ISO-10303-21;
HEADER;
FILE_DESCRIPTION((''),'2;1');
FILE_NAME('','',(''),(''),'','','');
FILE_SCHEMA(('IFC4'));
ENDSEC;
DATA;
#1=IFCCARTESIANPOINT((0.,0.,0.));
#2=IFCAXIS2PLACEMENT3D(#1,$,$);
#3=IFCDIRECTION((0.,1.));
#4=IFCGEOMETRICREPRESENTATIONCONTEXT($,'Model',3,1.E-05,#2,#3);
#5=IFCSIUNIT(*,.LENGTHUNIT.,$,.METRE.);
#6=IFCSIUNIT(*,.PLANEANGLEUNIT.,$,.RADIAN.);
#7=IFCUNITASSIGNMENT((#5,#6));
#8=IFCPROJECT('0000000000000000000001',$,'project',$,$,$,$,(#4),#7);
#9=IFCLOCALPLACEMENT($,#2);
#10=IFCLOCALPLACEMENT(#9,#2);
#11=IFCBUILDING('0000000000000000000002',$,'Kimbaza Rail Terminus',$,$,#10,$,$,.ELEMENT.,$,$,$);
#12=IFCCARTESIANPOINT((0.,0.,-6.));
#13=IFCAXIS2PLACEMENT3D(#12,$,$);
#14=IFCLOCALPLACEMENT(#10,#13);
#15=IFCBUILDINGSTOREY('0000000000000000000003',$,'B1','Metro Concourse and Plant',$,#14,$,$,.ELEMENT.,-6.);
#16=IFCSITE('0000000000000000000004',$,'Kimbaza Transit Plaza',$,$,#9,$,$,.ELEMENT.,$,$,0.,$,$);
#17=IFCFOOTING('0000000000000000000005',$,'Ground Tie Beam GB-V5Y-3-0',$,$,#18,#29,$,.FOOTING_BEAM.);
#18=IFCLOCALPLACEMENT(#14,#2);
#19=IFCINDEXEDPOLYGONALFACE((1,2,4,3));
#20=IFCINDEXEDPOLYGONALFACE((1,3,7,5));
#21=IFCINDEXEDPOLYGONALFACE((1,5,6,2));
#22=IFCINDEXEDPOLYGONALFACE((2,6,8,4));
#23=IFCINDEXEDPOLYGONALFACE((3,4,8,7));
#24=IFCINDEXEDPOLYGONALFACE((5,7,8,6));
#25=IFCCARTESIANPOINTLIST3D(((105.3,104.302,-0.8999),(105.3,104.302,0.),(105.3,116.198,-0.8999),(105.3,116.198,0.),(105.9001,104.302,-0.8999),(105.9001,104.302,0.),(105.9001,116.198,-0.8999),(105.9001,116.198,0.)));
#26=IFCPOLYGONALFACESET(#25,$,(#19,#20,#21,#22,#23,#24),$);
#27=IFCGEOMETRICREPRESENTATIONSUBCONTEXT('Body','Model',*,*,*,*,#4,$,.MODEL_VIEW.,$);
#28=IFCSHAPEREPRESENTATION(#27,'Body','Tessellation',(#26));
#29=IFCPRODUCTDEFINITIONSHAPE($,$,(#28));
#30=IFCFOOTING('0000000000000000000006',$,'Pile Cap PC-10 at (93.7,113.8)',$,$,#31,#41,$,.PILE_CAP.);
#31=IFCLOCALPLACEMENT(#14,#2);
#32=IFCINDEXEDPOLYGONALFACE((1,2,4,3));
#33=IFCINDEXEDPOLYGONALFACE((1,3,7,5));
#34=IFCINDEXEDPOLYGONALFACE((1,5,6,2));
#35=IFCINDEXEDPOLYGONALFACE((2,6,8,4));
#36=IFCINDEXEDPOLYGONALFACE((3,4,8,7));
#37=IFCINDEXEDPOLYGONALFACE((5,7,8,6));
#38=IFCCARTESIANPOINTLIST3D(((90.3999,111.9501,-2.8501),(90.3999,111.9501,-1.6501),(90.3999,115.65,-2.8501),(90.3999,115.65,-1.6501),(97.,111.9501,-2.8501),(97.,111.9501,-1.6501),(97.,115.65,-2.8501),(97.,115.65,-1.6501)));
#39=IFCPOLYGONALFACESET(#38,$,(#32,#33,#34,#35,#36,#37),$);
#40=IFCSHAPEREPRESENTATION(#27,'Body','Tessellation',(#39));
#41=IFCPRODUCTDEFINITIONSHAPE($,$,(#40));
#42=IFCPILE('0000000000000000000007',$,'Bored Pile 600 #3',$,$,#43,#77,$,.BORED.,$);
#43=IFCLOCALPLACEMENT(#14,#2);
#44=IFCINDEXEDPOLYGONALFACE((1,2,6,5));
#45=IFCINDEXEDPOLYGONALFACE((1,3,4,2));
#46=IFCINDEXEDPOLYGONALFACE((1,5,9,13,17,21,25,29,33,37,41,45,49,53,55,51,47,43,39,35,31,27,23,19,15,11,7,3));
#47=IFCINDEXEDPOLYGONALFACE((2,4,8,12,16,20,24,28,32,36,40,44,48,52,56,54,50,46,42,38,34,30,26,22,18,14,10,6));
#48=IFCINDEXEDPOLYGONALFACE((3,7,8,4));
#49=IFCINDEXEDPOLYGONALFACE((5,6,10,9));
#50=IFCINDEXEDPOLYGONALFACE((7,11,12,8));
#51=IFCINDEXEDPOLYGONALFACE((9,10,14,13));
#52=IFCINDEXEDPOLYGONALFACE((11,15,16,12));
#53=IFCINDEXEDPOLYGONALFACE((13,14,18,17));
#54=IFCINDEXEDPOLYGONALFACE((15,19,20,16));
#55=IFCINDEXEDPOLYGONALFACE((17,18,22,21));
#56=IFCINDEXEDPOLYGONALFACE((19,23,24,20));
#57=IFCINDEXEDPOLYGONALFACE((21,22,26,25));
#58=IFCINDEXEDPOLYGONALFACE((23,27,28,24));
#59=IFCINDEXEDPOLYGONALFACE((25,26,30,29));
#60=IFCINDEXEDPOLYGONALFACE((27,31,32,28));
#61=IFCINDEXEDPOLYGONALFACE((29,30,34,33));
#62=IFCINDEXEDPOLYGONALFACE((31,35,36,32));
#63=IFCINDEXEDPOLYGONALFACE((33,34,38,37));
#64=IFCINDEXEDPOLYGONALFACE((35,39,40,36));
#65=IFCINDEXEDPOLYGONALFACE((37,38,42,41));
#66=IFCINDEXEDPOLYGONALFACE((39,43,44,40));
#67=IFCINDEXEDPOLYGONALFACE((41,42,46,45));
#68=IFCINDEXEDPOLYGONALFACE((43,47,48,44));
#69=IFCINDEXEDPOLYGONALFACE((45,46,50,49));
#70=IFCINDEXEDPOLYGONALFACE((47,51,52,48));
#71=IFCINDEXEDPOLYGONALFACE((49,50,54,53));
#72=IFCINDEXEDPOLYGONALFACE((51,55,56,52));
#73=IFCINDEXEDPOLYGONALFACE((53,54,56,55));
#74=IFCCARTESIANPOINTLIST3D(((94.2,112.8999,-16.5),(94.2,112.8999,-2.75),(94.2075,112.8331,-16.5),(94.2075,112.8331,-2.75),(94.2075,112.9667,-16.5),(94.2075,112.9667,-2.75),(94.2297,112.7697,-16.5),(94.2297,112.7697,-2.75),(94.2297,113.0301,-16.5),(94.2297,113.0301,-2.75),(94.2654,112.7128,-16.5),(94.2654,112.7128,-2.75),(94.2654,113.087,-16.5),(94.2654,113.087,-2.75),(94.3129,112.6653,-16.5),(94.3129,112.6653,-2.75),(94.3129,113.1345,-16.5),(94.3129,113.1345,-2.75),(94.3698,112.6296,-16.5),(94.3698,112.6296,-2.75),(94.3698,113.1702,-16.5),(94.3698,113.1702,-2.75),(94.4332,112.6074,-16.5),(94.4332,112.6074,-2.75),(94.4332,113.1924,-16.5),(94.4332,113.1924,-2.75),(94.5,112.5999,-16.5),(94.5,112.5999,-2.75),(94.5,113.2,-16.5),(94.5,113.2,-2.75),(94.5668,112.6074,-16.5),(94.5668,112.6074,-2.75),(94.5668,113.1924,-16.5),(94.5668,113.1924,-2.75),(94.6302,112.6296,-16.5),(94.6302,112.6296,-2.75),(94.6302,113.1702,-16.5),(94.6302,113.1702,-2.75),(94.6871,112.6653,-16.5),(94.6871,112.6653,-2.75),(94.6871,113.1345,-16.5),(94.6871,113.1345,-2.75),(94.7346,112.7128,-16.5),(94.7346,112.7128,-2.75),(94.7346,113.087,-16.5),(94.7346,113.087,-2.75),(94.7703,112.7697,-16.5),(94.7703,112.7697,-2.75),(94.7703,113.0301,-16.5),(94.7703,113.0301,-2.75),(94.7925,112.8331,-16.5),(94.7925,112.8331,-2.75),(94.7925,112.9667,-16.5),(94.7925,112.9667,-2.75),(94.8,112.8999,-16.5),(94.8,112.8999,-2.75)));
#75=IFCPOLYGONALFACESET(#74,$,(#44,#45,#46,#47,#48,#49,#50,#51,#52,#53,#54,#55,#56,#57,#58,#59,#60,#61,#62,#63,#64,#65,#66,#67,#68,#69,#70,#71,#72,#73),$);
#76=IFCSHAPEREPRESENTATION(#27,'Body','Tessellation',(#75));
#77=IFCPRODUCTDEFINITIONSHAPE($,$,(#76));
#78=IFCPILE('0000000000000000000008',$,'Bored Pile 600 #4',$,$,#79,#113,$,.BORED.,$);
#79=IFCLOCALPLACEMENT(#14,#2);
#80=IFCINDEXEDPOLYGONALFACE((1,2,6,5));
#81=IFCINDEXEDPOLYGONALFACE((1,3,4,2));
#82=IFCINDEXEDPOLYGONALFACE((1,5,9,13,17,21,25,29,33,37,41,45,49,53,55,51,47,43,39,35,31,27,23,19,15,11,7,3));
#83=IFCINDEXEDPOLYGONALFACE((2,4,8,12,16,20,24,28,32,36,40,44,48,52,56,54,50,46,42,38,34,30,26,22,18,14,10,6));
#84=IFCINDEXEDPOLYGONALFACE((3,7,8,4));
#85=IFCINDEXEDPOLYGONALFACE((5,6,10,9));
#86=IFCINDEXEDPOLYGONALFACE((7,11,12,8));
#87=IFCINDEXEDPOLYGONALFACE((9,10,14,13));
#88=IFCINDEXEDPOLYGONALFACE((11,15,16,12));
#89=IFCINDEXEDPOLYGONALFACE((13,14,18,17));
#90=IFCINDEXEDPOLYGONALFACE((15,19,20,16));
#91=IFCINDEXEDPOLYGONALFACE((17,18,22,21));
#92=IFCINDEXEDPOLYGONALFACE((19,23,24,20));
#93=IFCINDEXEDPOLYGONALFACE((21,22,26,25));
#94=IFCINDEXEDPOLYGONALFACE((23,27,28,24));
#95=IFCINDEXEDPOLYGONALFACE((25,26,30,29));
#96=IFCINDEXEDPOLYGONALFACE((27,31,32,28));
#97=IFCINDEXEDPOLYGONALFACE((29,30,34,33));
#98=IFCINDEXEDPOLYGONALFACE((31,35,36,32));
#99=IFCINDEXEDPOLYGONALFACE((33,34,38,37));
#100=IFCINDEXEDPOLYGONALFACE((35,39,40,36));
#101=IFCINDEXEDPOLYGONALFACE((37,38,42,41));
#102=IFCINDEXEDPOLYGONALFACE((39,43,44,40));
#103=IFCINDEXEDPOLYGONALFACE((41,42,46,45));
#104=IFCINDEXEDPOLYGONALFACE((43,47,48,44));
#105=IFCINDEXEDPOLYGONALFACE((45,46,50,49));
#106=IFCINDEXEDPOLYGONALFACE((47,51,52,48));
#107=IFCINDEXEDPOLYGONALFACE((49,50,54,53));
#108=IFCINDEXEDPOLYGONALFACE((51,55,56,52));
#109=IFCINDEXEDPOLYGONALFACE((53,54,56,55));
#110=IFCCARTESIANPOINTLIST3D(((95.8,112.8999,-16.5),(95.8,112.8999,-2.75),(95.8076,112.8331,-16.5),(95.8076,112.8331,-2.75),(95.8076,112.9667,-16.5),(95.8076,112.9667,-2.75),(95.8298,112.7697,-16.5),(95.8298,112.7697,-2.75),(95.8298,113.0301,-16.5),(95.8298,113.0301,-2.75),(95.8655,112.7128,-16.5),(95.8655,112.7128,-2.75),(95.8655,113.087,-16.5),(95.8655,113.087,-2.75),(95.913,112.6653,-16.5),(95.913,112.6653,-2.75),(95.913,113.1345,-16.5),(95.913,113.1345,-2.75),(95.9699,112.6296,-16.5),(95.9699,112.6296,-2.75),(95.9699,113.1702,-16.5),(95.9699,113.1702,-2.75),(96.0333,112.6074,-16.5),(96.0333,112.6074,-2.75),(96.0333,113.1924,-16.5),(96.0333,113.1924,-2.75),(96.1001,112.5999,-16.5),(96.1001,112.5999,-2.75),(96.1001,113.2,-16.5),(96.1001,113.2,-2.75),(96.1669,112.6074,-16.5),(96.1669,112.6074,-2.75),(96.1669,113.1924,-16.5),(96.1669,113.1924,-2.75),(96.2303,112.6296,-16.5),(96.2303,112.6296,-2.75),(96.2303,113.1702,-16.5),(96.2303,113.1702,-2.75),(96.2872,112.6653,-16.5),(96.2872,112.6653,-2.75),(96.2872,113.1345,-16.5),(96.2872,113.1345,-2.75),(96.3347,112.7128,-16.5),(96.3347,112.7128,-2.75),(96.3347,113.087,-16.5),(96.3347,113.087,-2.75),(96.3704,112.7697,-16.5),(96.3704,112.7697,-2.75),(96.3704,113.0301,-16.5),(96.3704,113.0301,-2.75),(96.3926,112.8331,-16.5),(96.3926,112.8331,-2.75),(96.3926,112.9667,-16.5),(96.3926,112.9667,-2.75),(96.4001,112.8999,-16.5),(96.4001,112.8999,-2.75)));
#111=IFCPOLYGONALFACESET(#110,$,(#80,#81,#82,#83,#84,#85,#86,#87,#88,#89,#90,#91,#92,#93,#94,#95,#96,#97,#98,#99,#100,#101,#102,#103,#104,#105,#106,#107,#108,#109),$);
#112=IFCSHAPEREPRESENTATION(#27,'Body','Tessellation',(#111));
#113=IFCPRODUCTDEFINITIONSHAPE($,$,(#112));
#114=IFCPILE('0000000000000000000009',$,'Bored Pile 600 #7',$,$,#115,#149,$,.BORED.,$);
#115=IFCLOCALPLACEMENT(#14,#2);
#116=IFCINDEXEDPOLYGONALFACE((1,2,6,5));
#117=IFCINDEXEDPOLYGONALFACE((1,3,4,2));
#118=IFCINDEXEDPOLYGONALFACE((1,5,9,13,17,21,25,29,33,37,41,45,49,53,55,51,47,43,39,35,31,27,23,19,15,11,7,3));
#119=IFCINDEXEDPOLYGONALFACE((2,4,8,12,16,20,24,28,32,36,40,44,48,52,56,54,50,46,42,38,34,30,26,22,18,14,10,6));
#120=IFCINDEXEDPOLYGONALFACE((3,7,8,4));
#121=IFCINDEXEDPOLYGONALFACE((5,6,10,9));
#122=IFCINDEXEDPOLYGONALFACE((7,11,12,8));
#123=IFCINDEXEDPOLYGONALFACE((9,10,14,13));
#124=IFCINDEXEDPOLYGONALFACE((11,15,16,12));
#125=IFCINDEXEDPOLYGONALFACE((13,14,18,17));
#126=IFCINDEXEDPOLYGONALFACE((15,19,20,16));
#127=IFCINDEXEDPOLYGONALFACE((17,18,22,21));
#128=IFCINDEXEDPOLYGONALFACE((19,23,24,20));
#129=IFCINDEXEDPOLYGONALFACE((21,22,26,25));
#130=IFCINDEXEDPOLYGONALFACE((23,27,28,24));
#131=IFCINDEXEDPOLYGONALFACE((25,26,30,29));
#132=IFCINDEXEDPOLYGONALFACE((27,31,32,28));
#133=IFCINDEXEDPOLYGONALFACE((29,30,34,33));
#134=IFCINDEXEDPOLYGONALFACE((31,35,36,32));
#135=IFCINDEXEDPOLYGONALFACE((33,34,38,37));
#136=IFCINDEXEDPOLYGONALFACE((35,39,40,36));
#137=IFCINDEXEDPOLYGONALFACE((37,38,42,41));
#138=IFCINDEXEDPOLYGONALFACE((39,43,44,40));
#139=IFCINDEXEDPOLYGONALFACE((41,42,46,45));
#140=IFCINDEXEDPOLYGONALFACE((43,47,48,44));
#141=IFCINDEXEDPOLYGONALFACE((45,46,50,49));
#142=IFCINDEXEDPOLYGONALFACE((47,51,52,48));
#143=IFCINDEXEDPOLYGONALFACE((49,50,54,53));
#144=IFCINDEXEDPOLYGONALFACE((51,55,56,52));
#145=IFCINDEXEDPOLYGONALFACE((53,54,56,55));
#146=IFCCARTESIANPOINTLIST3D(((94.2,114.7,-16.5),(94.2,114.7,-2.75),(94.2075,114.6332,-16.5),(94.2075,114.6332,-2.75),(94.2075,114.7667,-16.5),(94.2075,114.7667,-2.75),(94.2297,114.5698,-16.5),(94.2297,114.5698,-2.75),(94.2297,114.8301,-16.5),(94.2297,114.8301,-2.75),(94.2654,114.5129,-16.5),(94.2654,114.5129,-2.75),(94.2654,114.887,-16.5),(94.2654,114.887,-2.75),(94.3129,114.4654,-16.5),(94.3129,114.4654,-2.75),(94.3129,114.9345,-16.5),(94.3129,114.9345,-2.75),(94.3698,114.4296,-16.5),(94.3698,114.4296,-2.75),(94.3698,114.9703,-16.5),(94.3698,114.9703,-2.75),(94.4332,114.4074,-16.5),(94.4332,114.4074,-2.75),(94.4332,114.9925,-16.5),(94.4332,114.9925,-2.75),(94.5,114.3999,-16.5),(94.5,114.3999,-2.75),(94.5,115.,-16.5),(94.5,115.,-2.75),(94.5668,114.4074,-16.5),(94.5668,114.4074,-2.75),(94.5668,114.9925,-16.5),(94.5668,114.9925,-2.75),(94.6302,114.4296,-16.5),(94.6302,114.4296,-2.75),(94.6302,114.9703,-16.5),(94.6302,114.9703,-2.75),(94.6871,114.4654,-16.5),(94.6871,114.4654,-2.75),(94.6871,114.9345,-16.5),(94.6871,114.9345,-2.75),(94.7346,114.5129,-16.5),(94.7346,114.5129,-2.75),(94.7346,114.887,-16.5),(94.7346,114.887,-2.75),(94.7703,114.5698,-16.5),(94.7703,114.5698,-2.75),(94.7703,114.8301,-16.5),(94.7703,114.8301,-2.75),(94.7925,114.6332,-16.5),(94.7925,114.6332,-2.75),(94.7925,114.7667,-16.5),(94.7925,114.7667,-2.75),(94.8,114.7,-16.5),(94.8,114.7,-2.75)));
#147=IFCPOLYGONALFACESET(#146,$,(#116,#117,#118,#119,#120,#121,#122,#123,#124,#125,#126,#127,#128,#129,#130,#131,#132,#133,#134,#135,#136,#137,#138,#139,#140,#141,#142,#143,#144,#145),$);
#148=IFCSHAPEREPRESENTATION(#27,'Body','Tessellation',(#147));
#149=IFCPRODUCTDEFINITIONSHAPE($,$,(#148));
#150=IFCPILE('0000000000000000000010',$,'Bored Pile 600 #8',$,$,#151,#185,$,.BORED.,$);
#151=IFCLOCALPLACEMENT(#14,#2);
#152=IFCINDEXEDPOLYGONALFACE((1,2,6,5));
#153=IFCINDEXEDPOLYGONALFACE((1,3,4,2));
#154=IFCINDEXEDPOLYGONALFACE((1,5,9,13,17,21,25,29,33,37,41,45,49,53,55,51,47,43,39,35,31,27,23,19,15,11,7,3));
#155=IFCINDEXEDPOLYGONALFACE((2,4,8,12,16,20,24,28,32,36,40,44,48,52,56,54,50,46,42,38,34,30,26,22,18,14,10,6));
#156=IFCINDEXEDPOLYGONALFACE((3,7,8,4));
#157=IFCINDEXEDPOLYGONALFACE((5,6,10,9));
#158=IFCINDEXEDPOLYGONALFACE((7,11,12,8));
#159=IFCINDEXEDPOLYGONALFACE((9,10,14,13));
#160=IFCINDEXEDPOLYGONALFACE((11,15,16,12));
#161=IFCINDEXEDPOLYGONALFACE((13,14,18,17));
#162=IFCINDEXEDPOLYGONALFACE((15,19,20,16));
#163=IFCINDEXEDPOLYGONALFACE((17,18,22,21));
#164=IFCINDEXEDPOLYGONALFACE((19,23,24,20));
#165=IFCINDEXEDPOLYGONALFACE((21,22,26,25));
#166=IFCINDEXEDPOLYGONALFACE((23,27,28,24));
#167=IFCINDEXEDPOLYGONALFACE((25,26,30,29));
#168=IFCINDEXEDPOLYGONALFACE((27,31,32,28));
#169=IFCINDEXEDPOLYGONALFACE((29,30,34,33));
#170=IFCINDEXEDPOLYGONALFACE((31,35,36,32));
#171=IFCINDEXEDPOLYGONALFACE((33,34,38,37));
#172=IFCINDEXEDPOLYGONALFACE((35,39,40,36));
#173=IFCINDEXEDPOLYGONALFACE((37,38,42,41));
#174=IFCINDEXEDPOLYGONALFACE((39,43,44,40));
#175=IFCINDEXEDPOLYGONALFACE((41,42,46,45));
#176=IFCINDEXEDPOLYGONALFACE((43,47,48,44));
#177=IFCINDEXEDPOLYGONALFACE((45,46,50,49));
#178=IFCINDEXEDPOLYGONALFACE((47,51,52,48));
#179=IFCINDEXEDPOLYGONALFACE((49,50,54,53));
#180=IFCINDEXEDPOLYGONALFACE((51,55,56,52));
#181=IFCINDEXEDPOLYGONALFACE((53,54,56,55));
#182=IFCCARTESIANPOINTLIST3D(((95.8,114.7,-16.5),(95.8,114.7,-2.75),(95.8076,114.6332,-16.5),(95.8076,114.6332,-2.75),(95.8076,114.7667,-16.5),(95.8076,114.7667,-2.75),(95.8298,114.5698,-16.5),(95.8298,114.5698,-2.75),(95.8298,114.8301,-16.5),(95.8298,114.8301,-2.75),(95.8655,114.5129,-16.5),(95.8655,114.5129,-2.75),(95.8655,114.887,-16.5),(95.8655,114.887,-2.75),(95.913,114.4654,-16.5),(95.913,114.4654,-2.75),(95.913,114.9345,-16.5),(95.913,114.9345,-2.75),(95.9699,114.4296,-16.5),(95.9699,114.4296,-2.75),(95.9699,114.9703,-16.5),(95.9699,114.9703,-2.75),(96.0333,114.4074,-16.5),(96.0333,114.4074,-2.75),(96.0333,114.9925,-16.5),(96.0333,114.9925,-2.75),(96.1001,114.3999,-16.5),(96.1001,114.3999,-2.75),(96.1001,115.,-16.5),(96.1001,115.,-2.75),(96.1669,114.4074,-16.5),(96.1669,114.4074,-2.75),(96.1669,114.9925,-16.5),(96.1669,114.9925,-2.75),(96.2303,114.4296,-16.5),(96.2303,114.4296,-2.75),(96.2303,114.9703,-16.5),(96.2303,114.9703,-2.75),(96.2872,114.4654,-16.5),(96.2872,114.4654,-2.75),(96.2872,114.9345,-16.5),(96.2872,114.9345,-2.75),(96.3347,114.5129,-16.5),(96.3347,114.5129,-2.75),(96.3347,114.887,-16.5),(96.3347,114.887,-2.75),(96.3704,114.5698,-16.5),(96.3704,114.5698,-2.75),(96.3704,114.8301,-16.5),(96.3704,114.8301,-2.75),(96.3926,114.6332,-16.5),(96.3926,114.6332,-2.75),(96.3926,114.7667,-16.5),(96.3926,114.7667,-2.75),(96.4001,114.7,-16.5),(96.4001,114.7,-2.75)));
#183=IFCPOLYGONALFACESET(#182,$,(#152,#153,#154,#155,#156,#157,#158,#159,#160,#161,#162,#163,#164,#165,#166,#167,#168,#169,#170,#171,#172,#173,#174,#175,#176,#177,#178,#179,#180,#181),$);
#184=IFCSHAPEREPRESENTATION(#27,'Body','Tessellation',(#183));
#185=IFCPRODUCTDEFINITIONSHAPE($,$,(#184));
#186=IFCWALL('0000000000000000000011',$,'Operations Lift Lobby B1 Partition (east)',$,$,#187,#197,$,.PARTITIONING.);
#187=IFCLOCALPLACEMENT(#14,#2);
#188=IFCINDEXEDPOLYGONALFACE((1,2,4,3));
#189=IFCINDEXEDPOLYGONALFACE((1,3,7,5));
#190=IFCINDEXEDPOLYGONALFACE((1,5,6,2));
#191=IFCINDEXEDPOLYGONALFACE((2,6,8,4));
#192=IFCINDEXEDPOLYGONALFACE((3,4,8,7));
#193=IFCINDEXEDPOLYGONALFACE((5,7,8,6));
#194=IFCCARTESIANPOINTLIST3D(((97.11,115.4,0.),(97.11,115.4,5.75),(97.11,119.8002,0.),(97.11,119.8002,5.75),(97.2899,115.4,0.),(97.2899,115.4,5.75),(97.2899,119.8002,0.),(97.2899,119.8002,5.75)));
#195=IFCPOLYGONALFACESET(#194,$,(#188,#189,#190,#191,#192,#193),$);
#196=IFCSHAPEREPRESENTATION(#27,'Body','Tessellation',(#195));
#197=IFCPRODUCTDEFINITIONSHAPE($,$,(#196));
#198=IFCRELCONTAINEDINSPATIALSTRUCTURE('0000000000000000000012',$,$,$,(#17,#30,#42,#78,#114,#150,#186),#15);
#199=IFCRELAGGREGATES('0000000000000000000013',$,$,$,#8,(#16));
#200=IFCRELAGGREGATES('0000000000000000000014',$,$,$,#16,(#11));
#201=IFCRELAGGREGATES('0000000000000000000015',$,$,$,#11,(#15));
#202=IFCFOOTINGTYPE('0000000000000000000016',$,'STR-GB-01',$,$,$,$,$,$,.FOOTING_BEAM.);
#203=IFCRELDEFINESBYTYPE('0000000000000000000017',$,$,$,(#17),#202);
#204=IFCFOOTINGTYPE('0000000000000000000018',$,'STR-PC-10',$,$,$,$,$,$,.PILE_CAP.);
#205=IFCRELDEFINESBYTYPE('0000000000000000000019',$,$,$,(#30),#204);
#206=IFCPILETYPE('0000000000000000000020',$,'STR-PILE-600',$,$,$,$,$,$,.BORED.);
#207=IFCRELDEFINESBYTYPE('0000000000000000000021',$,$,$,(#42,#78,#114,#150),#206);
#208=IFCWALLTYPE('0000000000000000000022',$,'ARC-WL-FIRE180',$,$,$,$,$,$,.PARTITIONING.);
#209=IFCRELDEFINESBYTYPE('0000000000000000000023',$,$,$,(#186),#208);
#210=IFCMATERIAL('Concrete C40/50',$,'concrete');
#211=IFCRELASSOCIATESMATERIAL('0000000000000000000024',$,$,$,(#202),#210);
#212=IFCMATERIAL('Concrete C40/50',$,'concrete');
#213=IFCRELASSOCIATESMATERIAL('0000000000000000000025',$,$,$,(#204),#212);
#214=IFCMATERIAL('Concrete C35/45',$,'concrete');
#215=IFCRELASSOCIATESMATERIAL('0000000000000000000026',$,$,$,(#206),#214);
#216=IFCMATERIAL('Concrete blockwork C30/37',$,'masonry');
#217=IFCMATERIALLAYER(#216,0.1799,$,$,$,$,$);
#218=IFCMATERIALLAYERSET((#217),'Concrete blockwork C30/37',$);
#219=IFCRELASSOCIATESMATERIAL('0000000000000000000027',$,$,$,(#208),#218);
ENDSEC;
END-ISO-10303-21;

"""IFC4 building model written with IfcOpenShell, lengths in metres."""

from ifc_helpers import new_model, si_unit, direction, frame, frame_2d, origin, origin_2d, place, context, subcontext, project, spatial, rectangle, circle, extrude, material, layer, layer_set, material_profile, profile_set, type_object, element, save


model = new_model("IFC4")

# Units and contexts
model_context = context("Model", 3, precision=1e-05, world=origin(), true_north=direction((0.0, 1.0)))
body_context = subcontext(model_context, "Body", "Model", "MODEL_VIEW")
ifc_project = project(units=[si_unit("LENGTHUNIT", "METRE"), si_unit("PLANEANGLEUNIT", "RADIAN")], contexts=[model_context])

# Site, building, storey
site_placement = place(None, origin())
site = spatial("IfcSite", under=ifc_project, at=site_placement, Name="Kimbaza Transit Plaza", CompositionType="ELEMENT", RefElevation=0.0)
building_placement = place(site_placement, origin())
building = spatial("IfcBuilding", under=site, at=building_placement, Name="Kimbaza Rail Terminus", CompositionType="ELEMENT")
storey_placement = place(building_placement, frame((0.0, 0.0, -6.0)))
storey = spatial("IfcBuildingStorey", under=building, at=storey_placement, Name="B1", Description="Metro Concourse and Plant", CompositionType="ELEMENT", Elevation=-6.0)

# Footings
ifc_material_1 = material(Name="Concrete C40/50", Category="concrete")
ifc_material_profile_1 = material_profile(ifc_material_1, rectangle(XDim=0.6001, YDim=0.8999, at=origin_2d()), Name="GB-01 600x900")
ifc_profile_set_1 = profile_set([ifc_material_profile_1], Name="Concrete C40/50")
footing_type_1 = type_object("IfcFootingType", Name="STR-GB-01", PredefinedType="FOOTING_BEAM", material=ifc_profile_set_1)
footing_1_placement = place(storey_placement, frame((105.6001, 104.302, -0.45), z_axis=(0.0, 1.0, 0.0), x_axis=(-1.0, 0.0, 0.0)))
element("IfcFooting", 1, at=footing_1_placement, inside=storey, type_object=footing_type_1, Name="Ground Tie Beam GB-V5Y-3-0", PredefinedType="FOOTING_BEAM", context=body_context, shape_type="SweptSolid", body=[
    extrude(rectangle(XDim=0.6001, YDim=0.8999, at=origin_2d()), origin(), (0.0, 0.0, 1.0), 11.896),
])
ifc_material_2 = material(Name="Concrete C40/50", Category="concrete")
footing_type_2 = type_object("IfcFootingType", Name="STR-PC-10", PredefinedType="PILE_CAP", material=ifc_material_2)
footing_2_placement = place(storey_placement, frame((93.7, 113.8, -2.8501), z_axis=(0.0, 0.0, 1.0), x_axis=(1.0, 0.0, 0.0)))
element("IfcFooting", 2, at=footing_2_placement, inside=storey, type_object=footing_type_2, Name="Pile Cap PC-10 at (93.7,113.8)", PredefinedType="PILE_CAP", context=body_context, shape_type="SweptSolid", body=[
    extrude(rectangle(XDim=6.6001, YDim=3.7, at=origin_2d()), origin(), (0.0, 0.0, 1.0), 1.2),
])

# Piles
ifc_material_3 = material(Name="Concrete C35/45", Category="concrete")
ifc_material_profile_2 = material_profile(ifc_material_3, circle(Radius=0.3, at=origin_2d()), Name="BORED PILE 600")
ifc_profile_set_2 = profile_set([ifc_material_profile_2], Name="Concrete C35/45")
pile_type = type_object("IfcPileType", Name="STR-PILE-600", PredefinedType="BORED", material=ifc_profile_set_2)
for number, where, z_axis, x_axis, name in (
    (3, (94.5, 112.8999, -2.75), (0.0, 0.0, -1.0), (1.0, 0.0, 0.0), "Bored Pile 600 #3"),
    (4, (96.1001, 112.8999, -2.75), (0.0, 0.0, -1.0), (1.0, 0.0, 0.0), "Bored Pile 600 #4"),
    (5, (94.5, 114.7, -2.75), (0.0, 0.0, -1.0), (1.0, 0.0, 0.0), "Bored Pile 600 #7"),
    (6, (96.1001, 114.7, -2.75), (0.0, 0.0, -1.0), (1.0, 0.0, 0.0), "Bored Pile 600 #8"),
):
    element("IfcPile", number, at=place(storey_placement, frame(where, z_axis=z_axis, x_axis=x_axis)), inside=storey, type_object=pile_type, Name=name, PredefinedType="BORED", context=body_context, shape_type="SweptSolid", body=[
        extrude(circle(Radius=0.3, at=origin_2d()), origin(), (0.0, 0.0, 1.0), 13.75),
    ])

# Wall
ifc_material_4 = material(Name="Concrete blockwork C30/37", Category="masonry")
ifc_layer_1 = layer(ifc_material_4, 0.1799)
ifc_layer_set_1 = layer_set([ifc_layer_1], Name="Concrete blockwork C30/37")
wall_type_1 = type_object("IfcWallType", Name="ARC-WL-FIRE180", PredefinedType="PARTITIONING", material=ifc_layer_set_1)
wall_1_placement = place(storey_placement, frame((97.2, 115.3999, 0.0), z_axis=(0.0, 0.0, 1.0), x_axis=(0.0, 1.0, 0.0)))
element("IfcWall", 7, at=wall_1_placement, inside=storey, type_object=wall_type_1, Name="Operations Lift Lobby B1 Partition (east)", PredefinedType="PARTITIONING", context=body_context, shape_type="SweptSolid", body=[
    extrude(rectangle(XDim=4.4001, YDim=0.1799, at=frame_2d((2.2002, 0.0))), origin(), (0.0, 0.0, 1.0), 5.75),
])

save(model, "model.ifc")
